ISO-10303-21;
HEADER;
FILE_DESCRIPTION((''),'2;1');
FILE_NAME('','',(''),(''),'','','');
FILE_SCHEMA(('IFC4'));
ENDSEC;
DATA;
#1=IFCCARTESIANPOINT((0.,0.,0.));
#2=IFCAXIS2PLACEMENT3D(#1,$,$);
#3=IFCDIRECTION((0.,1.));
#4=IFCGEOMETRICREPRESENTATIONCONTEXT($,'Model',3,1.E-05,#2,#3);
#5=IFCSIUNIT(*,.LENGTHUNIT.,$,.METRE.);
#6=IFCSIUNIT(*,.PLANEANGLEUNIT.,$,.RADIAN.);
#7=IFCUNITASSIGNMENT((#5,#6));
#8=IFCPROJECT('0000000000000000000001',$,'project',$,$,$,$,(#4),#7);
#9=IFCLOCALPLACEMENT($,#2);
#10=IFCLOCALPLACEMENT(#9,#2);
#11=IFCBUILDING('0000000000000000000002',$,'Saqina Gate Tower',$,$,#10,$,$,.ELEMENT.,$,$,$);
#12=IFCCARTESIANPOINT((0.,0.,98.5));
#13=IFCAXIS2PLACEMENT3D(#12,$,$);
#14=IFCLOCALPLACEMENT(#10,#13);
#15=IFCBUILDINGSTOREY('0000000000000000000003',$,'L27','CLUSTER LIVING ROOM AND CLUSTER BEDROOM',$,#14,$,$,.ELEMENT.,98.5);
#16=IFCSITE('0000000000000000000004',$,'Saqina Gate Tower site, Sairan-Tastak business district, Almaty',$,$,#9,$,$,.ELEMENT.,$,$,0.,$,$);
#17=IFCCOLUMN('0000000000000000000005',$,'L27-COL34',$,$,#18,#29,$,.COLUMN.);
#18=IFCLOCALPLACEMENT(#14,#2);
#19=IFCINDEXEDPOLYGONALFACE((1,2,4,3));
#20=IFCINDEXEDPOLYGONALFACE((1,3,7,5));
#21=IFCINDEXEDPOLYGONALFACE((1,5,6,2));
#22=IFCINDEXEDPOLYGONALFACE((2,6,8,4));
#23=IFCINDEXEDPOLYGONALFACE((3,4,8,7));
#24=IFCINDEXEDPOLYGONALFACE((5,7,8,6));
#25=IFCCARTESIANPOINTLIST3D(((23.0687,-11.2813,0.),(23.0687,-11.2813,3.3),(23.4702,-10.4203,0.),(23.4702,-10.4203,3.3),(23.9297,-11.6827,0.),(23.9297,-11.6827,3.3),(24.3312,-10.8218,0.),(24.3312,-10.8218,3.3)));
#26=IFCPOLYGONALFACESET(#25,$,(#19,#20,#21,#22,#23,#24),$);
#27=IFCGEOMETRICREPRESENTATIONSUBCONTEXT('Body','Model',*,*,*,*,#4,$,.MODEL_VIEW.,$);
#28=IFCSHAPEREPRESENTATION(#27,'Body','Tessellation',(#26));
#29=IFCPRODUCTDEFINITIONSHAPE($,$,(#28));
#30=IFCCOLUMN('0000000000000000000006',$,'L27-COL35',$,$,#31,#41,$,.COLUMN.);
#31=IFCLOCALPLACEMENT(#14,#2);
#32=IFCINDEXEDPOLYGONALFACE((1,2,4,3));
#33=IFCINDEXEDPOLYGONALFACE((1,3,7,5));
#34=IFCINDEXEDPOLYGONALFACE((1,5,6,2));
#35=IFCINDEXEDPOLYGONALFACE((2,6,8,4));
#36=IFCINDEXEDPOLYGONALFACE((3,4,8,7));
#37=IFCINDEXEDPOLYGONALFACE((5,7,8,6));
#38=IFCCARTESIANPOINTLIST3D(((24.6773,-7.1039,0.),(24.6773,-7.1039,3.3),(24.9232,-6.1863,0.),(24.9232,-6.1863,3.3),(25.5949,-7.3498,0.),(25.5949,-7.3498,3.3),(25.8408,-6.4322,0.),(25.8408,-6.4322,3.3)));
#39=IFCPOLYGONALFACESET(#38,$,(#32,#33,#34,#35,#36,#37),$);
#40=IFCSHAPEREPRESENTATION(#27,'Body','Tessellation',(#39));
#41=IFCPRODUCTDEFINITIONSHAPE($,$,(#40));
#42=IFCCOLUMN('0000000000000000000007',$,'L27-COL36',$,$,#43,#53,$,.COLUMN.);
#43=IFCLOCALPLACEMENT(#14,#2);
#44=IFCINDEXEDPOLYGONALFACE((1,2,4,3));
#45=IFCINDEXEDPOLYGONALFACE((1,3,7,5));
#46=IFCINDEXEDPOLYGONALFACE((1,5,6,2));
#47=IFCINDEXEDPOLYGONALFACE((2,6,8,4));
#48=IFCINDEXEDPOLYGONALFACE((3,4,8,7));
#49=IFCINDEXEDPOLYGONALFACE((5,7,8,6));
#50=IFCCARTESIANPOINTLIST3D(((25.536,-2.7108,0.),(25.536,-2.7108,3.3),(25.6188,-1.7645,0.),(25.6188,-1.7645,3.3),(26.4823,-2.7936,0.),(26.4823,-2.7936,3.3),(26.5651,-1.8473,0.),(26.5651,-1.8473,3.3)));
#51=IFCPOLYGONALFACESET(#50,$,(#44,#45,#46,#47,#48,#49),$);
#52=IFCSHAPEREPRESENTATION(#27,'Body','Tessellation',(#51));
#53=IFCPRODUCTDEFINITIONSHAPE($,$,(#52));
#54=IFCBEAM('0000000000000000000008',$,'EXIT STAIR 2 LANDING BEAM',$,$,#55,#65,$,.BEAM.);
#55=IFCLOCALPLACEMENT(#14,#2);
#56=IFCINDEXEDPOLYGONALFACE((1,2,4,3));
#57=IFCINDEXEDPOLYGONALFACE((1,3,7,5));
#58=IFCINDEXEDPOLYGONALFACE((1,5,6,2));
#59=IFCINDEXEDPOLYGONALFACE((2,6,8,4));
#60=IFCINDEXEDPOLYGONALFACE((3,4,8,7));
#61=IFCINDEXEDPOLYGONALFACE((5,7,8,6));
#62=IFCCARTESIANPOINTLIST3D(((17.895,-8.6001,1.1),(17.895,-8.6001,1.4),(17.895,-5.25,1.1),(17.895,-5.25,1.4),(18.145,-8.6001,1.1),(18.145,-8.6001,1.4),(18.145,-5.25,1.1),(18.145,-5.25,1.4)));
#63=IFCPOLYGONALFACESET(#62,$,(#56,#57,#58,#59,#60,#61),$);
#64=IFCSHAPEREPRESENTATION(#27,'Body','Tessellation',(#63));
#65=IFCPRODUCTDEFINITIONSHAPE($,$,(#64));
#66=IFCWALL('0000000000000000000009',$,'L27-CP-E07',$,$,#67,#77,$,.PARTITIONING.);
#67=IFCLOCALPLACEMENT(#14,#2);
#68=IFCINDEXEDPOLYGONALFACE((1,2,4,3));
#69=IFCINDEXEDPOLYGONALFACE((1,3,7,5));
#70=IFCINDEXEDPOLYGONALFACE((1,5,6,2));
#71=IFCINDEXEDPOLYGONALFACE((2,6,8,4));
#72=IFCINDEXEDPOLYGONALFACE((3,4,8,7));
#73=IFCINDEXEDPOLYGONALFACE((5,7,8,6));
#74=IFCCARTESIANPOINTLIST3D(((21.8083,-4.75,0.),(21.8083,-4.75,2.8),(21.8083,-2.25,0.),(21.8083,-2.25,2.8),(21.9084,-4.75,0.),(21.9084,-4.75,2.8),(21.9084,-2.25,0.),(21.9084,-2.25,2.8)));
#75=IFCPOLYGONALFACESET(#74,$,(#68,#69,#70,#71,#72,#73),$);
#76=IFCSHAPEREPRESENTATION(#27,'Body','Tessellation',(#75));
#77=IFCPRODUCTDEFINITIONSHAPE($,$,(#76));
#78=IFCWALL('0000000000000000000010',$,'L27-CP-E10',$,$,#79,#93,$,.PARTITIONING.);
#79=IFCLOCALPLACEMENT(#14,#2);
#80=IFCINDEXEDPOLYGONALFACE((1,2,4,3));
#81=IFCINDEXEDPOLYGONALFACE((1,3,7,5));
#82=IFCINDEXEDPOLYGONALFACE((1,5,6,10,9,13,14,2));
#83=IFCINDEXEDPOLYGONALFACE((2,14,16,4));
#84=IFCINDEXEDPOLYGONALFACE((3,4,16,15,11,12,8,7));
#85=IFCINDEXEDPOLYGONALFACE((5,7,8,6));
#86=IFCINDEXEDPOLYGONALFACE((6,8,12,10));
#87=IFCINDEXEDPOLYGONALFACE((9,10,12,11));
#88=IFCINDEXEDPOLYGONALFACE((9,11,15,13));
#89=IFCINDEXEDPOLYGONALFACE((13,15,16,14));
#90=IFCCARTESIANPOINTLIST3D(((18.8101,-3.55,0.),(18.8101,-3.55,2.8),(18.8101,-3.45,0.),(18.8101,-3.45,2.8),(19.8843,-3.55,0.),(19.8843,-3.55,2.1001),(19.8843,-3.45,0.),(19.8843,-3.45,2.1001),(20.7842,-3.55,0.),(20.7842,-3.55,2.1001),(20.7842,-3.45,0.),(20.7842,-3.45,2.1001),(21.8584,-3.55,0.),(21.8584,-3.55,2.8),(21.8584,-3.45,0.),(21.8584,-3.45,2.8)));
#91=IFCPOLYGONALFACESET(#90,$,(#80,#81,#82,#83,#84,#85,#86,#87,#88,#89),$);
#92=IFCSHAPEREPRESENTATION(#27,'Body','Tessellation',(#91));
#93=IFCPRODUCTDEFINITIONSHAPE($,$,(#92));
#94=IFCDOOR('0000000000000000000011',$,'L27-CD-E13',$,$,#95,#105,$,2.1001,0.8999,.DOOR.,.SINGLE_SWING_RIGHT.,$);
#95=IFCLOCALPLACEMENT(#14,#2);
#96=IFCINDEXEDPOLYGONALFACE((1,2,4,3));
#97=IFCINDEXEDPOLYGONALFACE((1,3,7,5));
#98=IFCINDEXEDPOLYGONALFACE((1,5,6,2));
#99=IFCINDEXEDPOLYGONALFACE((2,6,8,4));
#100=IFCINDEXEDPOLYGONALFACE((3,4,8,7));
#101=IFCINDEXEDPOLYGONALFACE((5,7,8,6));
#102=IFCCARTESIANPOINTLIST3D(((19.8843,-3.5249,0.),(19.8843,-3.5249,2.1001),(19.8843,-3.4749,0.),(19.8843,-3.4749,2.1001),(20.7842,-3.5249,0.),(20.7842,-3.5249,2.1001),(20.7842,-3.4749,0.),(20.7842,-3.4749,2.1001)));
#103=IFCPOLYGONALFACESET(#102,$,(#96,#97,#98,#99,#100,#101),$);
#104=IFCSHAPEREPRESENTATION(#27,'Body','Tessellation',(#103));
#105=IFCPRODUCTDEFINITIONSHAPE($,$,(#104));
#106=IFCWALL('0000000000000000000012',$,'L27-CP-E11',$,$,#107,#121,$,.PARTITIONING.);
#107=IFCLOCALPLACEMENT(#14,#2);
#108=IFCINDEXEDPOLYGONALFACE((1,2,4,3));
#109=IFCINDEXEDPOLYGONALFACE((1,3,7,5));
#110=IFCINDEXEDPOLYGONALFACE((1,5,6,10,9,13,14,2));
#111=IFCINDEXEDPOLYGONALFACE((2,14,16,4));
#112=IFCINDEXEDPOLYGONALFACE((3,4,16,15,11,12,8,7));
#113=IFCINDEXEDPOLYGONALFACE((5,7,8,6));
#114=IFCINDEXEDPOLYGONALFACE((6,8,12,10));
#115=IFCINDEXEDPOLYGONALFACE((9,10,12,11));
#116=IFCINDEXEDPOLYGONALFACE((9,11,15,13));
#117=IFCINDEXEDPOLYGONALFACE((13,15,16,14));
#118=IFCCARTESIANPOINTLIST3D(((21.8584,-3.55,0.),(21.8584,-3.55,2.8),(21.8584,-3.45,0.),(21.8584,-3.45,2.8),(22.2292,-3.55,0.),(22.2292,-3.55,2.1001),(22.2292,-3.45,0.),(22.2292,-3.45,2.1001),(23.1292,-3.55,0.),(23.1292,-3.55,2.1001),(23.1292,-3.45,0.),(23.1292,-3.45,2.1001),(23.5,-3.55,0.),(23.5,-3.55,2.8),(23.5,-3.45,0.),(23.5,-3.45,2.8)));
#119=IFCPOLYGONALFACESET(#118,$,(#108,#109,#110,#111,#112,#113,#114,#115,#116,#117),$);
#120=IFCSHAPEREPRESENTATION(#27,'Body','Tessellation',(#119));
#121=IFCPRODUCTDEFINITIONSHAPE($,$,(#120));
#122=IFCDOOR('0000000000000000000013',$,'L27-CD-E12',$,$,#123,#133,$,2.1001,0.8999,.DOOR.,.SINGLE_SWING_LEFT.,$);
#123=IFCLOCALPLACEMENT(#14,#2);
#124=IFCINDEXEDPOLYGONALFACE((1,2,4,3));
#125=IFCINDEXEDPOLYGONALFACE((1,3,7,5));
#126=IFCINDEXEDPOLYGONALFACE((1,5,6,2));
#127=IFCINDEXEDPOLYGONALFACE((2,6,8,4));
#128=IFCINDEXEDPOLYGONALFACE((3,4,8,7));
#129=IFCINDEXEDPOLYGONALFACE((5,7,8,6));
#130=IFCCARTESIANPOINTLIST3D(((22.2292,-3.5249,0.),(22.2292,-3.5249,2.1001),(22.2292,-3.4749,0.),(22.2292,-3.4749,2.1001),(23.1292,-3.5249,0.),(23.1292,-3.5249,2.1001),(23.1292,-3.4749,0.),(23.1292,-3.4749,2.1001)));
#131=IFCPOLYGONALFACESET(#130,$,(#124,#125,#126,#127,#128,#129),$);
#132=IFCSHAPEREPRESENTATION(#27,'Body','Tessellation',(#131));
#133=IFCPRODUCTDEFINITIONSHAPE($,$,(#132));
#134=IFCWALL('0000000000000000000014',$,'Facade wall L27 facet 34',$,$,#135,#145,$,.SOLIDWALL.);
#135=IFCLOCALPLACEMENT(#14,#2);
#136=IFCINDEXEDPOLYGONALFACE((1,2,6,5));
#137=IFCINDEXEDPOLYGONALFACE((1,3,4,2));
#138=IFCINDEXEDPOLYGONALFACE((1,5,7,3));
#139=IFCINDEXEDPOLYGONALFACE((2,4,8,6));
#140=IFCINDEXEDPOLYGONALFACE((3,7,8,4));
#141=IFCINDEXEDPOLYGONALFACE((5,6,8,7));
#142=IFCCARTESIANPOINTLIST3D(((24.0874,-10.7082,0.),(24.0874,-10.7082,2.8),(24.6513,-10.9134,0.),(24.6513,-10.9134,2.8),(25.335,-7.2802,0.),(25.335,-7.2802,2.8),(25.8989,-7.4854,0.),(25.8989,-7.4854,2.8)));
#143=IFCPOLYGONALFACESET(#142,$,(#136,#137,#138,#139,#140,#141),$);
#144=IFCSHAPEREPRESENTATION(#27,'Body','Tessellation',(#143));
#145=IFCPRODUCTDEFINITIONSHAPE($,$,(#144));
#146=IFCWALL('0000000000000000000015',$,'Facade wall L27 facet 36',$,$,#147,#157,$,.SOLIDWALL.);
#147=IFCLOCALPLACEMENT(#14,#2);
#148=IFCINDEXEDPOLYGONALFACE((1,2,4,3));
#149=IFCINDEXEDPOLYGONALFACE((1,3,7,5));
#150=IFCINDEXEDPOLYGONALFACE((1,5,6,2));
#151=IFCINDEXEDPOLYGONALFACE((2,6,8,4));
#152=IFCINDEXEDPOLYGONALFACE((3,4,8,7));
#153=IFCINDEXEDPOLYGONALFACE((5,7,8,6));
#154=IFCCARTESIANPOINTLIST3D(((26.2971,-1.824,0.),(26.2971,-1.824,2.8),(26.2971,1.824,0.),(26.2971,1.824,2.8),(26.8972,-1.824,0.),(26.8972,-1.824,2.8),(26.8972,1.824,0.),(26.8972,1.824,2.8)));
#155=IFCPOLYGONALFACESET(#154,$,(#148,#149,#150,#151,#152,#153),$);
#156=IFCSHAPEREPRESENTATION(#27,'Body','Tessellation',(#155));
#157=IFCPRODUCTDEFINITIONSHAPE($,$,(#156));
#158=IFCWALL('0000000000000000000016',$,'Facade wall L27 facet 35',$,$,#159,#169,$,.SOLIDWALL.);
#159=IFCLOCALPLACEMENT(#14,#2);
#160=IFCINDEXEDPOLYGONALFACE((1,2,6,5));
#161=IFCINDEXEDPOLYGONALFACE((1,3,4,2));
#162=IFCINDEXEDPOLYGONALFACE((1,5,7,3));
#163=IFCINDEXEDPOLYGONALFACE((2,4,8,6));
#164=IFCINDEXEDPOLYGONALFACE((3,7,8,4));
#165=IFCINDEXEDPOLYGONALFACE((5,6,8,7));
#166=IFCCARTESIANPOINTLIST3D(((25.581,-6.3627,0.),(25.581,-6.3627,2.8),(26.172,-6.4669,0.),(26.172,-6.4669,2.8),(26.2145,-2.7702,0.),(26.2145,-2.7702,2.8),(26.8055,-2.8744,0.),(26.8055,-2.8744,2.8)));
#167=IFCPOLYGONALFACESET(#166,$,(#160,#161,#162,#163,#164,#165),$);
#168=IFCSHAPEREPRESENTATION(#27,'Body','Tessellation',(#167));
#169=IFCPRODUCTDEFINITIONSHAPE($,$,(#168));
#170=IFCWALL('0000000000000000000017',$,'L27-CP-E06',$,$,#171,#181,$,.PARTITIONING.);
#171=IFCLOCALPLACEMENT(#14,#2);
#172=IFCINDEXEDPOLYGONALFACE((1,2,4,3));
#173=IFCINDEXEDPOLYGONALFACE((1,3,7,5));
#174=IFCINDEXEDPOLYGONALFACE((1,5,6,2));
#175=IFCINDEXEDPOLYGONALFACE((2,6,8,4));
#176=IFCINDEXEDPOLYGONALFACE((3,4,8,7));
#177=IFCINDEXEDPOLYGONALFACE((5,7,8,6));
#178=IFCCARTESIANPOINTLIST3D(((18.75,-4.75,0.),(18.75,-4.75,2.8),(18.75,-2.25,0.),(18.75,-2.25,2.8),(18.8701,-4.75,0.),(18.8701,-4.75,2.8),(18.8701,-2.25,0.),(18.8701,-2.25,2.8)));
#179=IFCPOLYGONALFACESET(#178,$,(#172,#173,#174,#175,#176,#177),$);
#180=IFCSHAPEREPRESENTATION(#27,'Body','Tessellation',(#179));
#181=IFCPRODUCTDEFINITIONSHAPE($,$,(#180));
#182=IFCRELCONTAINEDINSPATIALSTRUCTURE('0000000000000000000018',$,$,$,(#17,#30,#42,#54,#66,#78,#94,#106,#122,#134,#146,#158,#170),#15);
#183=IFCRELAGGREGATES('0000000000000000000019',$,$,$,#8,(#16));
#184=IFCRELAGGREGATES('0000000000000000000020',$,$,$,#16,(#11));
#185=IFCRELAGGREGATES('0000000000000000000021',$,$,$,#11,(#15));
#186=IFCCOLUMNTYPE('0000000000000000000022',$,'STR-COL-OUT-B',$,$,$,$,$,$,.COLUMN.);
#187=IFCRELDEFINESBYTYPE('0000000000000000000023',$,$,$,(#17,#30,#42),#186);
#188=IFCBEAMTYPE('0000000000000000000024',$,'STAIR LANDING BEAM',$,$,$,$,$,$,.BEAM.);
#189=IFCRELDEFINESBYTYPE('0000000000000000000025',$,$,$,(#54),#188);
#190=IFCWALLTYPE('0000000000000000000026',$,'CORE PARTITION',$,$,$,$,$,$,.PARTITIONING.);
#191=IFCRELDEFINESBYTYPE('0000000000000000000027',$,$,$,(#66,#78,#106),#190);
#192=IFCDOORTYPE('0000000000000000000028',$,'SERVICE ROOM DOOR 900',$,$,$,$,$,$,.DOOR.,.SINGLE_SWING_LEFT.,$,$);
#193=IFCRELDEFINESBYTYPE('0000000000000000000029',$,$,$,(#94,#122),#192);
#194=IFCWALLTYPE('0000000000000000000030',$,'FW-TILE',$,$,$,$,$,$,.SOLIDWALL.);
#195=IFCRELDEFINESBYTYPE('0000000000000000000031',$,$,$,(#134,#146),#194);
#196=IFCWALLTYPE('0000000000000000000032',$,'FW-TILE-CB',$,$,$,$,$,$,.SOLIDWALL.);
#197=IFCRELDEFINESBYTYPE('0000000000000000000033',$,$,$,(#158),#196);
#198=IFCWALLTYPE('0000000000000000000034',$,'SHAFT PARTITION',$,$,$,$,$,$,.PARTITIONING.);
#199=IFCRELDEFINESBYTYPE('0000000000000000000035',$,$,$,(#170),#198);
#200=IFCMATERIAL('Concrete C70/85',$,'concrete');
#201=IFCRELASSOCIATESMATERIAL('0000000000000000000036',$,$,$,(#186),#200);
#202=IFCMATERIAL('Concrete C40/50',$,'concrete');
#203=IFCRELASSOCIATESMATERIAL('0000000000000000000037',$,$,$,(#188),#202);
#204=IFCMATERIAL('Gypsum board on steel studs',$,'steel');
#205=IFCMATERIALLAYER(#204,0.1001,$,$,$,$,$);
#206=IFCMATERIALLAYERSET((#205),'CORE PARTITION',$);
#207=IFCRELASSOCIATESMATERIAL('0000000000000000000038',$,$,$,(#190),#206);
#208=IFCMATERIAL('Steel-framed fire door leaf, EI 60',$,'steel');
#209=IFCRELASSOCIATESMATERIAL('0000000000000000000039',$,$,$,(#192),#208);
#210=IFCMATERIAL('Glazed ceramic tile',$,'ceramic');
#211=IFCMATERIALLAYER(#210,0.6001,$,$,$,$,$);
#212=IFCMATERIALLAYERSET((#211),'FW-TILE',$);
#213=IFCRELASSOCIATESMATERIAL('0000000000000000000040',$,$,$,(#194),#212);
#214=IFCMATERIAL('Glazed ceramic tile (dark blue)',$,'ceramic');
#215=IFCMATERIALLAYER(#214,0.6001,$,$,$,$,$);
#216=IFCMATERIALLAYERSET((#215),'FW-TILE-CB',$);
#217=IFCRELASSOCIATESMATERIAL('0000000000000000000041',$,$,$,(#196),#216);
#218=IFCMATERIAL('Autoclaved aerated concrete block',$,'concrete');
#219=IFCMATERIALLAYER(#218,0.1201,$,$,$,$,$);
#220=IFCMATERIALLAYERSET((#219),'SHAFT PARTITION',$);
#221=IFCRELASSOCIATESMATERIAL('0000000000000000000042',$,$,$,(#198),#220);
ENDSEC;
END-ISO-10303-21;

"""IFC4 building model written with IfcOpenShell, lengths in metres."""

from ifc_helpers import new_model, si_unit, direction, frame, frame_2d, origin, origin_2d, place, context, subcontext, project, spatial, rectangle, extrude, material, layer, layer_set, material_profile, profile_set, type_object, element, fill, save


model = new_model("IFC4")

# Units and contexts
model_context = context("Model", 3, precision=1e-05, world=origin(), true_north=direction((0.0, 1.0)))
body_context = subcontext(model_context, "Body", "Model", "MODEL_VIEW")
ifc_project = project(units=[si_unit("LENGTHUNIT", "METRE"), si_unit("PLANEANGLEUNIT", "RADIAN")], contexts=[model_context])

# Site, building, storey
site_placement = place(None, origin())
site = spatial("IfcSite", under=ifc_project, at=site_placement, Name="Saqina Gate Tower site, Sairan-Tastak business district, Almaty", CompositionType="ELEMENT", RefElevation=0.0)
building_placement = place(site_placement, origin())
building = spatial("IfcBuilding", under=site, at=building_placement, Name="Saqina Gate Tower", CompositionType="ELEMENT")
storey_placement = place(building_placement, frame((0.0, 0.0, 98.5)))
storey = spatial("IfcBuildingStorey", under=building, at=storey_placement, Name="L27", Description="CLUSTER LIVING ROOM AND CLUSTER BEDROOM", CompositionType="ELEMENT", Elevation=98.5)

# Columns
ifc_material_1 = material(Name="Concrete C70/85", Category="concrete")
ifc_material_profile_1 = material_profile(ifc_material_1, rectangle(XDim=0.95, YDim=0.95, at=origin_2d()), Name="RC 950x950")
ifc_profile_set_1 = profile_set([ifc_material_profile_1], Name="Concrete C70/85")
column_type = type_object("IfcColumnType", Name="STR-COL-OUT-B", PredefinedType="COLUMN", material=ifc_profile_set_1)
for number, where, z_axis, x_axis, name in (
    (1, (23.7, -11.0515, 0.0), (0.0, 0.0, 1.0), (0.906308, -0.422618, 0.0), "L27-COL34"),
    (2, (25.259, -6.7681, 0.0), (0.0, 0.0, 1.0), (0.965926, -0.258819, 0.0), "L27-COL35"),
    (3, (26.0505, -2.2791, 0.0), (0.0, 0.0, 1.0), (0.996195, -0.087156, 0.0), "L27-COL36"),
):
    element("IfcColumn", number, at=place(storey_placement, frame(where, z_axis=z_axis, x_axis=x_axis)), inside=storey, type_object=column_type, Name=name, PredefinedType="COLUMN", context=body_context, shape_type="SweptSolid", body=[
        extrude(rectangle(XDim=0.95, YDim=0.95, at=origin_2d()), origin(), (0.0, 0.0, 1.0), 3.3),
    ])

# Beam
ifc_material_2 = material(Name="Concrete C40/50", Category="concrete")
ifc_material_profile_2 = material_profile(ifc_material_2, rectangle(XDim=0.25, YDim=0.3, at=origin_2d()), Name="STAIR LANDING BEAM")
ifc_profile_set_2 = profile_set([ifc_material_profile_2], Name="Concrete C40/50")
beam_type = type_object("IfcBeamType", Name="STAIR LANDING BEAM", PredefinedType="BEAM", material=ifc_profile_set_2)
beam_placement = place(storey_placement, frame((18.02, -8.6001, 1.25), z_axis=(0.0, 1.0, 0.0), x_axis=(-1.0, 0.0, 0.0)))
element("IfcBeam", 4, at=beam_placement, inside=storey, type_object=beam_type, Name="EXIT STAIR 2 LANDING BEAM", PredefinedType="BEAM", context=body_context, shape_type="SweptSolid", body=[
    extrude(rectangle(XDim=0.25, YDim=0.3, at=origin_2d()), origin(), (0.0, 0.0, 1.0), 3.3501),
])

# Wall
ifc_material_3 = material(Name="Gypsum board on steel studs", Category="steel")
ifc_layer_1 = layer(ifc_material_3, 0.1001)
ifc_layer_set_1 = layer_set([ifc_layer_1], Name="CORE PARTITION")
wall_type_1 = type_object("IfcWallType", Name="CORE PARTITION", PredefinedType="PARTITIONING", material=ifc_layer_set_1)
wall_1_placement = place(storey_placement, frame((21.8584, -4.75, 0.0), z_axis=(0.0, 0.0, 1.0), x_axis=(0.0, 1.0, 0.0)))
element("IfcWall", 5, at=wall_1_placement, inside=storey, type_object=wall_type_1, Name="L27-CP-E07", PredefinedType="PARTITIONING", context=body_context, shape_type="SweptSolid", body=[
    extrude(rectangle(XDim=2.5, YDim=0.1001, at=frame_2d((1.25, 0.0))), origin(), (0.0, 0.0, 1.0), 2.8),
])

# Walls, openings, doors
wall_2_placement = place(storey_placement, frame((18.8101, -3.5, 0.0), z_axis=(0.0, 0.0, 1.0), x_axis=(1.0, 0.0, 0.0)))
wall_2 = element("IfcWall", 6, at=wall_2_placement, inside=storey, type_object=wall_type_1, Name="L27-CP-E10", PredefinedType="PARTITIONING", context=body_context, shape_type="SweptSolid", body=[
    extrude(rectangle(XDim=3.0483, YDim=0.1001, at=frame_2d((1.5242, 0.0))), origin(), (0.0, 0.0, 1.0), 2.8),
])
opening_1_placement = place(wall_2_placement, frame((1.0742, 0.0, 0.0)))
opening_1 = element("IfcOpeningElement", 7, at=opening_1_placement, cuts=wall_2, PredefinedType="OPENING", context=body_context, shape_type="SweptSolid", body=[
    extrude(rectangle(XDim=0.8999, YDim=2.1001, at=frame_2d((0.45, 1.05))), frame((0.0, 0.062, 0.0), z_axis=(0.0, -1.0, 0.0), x_axis=(1.0, 0.0, 0.0)), (0.0, 0.0, 1.0), 0.124),
])
ifc_material_4 = material(Name="Steel-framed fire door leaf, EI 60", Category="steel")
door_type = type_object("IfcDoorType", Name="SERVICE ROOM DOOR 900", OperationType="SINGLE_SWING_LEFT", PredefinedType="DOOR", material=ifc_material_4)
door_1_placement = place(opening_1_placement, frame((0.8999, 0.0, 0.0), z_axis=(0.0, 0.0, 1.0), x_axis=(-1.0, 0.0, 0.0)))
door_1 = element("IfcDoor", 8, at=door_1_placement, inside=storey, type_object=door_type, Name="L27-CD-E13", OperationType="SINGLE_SWING_RIGHT", OverallHeight=2.1001, OverallWidth=0.8999, PredefinedType="DOOR", context=body_context, shape_type="SweptSolid", body=[
    extrude(rectangle(XDim=0.8999, YDim=2.1001, at=frame_2d((0.45, 1.05))), frame((0.0, 0.0249, 0.0), z_axis=(0.0, -1.0, 0.0), x_axis=(1.0, 0.0, 0.0)), (0.0, 0.0, 1.0), 0.05),
])
fill(opening_1, door_1)
wall_3_placement = place(storey_placement, frame((21.8584, -3.5, 0.0), z_axis=(0.0, 0.0, 1.0), x_axis=(1.0, 0.0, 0.0)))
wall_3 = element("IfcWall", 9, at=wall_3_placement, inside=storey, type_object=wall_type_1, Name="L27-CP-E11", PredefinedType="PARTITIONING", context=body_context, shape_type="SweptSolid", body=[
    extrude(rectangle(XDim=1.6416, YDim=0.1001, at=frame_2d((0.8208, 0.0))), origin(), (0.0, 0.0, 1.0), 2.8),
])
opening_2_placement = place(wall_3_placement, frame((0.3708, 0.0, 0.0)))
opening_2 = element("IfcOpeningElement", 10, at=opening_2_placement, cuts=wall_3, PredefinedType="OPENING", context=body_context, shape_type="SweptSolid", body=[
    extrude(rectangle(XDim=0.8999, YDim=2.1001, at=frame_2d((0.45, 1.05))), frame((0.0, 0.062, 0.0), z_axis=(0.0, -1.0, 0.0), x_axis=(1.0, 0.0, 0.0)), (0.0, 0.0, 1.0), 0.124),
])
door_2_placement = place(opening_2_placement, frame((0.8999, 0.0, 0.0), z_axis=(0.0, 0.0, 1.0), x_axis=(-1.0, 0.0, 0.0)))
door_2 = element("IfcDoor", 11, at=door_2_placement, inside=storey, type_object=door_type, Name="L27-CD-E12", OperationType="SINGLE_SWING_LEFT", OverallHeight=2.1001, OverallWidth=0.8999, PredefinedType="DOOR", context=body_context, shape_type="SweptSolid", body=[
    extrude(rectangle(XDim=0.8999, YDim=2.1001, at=frame_2d((0.45, 1.05))), frame((0.0, 0.0249, 0.0), z_axis=(0.0, -1.0, 0.0), x_axis=(1.0, 0.0, 0.0)), (0.0, 0.0, 1.0), 0.05),
])
fill(opening_2, door_2)

# Walls
ifc_material_5 = material(Name="Glazed ceramic tile", Category="ceramic")
ifc_layer_2 = layer(ifc_material_5, 0.6001)
ifc_layer_set_2 = layer_set([ifc_layer_2], Name="FW-TILE")
wall_type_2 = type_object("IfcWallType", Name="FW-TILE", PredefinedType="SOLIDWALL", material=ifc_layer_set_2)
for number, where, z_axis, x_axis, name in (
    (12, (24.3694, -10.8108, 0.0), (0.0, 0.0, 1.0), (0.34199, 0.939704, 0.0), "Facade wall L27 facet 34"),
    (13, (26.5972, -1.824, 0.0), (0.0, 0.0, 1.0), (0.0, 1.0, 0.0), "Facade wall L27 facet 36"),
):
    element("IfcWall", number, at=place(storey_placement, frame(where, z_axis=z_axis, x_axis=x_axis)), inside=storey, type_object=wall_type_2, Name=name, PredefinedType="SOLIDWALL", context=body_context, shape_type="SweptSolid", body=[
        extrude(rectangle(XDim=3.6479, YDim=0.6001, at=frame_2d((1.824, 0.0))), origin(), (0.0, 0.0, 1.0), 2.8),
    ])
ifc_material_6 = material(Name="Glazed ceramic tile (dark blue)", Category="ceramic")
ifc_layer_3 = layer(ifc_material_6, 0.6001)
ifc_layer_set_3 = layer_set([ifc_layer_3], Name="FW-TILE-CB")
wall_type_3 = type_object("IfcWallType", Name="FW-TILE-CB", PredefinedType="SOLIDWALL", material=ifc_layer_set_3)
wall_4_placement = place(storey_placement, frame((25.8765, -6.4148, 0.0), z_axis=(0.0, 0.0, 1.0), x_axis=(0.173671, 0.984804, 0.0)))
element("IfcWall", 14, at=wall_4_placement, inside=storey, type_object=wall_type_3, Name="Facade wall L27 facet 35", PredefinedType="SOLIDWALL", context=body_context, shape_type="SweptSolid", body=[
    extrude(rectangle(XDim=3.6479, YDim=0.6001, at=frame_2d((1.824, 0.0))), origin(), (0.0, 0.0, 1.0), 2.8),
])
ifc_material_7 = material(Name="Autoclaved aerated concrete block", Category="concrete")
ifc_layer_4 = layer(ifc_material_7, 0.1201)
ifc_layer_set_4 = layer_set([ifc_layer_4], Name="SHAFT PARTITION")
wall_type_4 = type_object("IfcWallType", Name="SHAFT PARTITION", PredefinedType="PARTITIONING", material=ifc_layer_set_4)
wall_5_placement = place(storey_placement, frame((18.8101, -4.75, 0.0), z_axis=(0.0, 0.0, 1.0), x_axis=(0.0, 1.0, 0.0)))
element("IfcWall", 15, at=wall_5_placement, inside=storey, type_object=wall_type_4, Name="L27-CP-E06", PredefinedType="PARTITIONING", context=body_context, shape_type="SweptSolid", body=[
    extrude(rectangle(XDim=2.5, YDim=0.1201, at=frame_2d((1.25, 0.0))), origin(), (0.0, 0.0, 1.0), 2.8),
])

save(model, "model.ifc")
